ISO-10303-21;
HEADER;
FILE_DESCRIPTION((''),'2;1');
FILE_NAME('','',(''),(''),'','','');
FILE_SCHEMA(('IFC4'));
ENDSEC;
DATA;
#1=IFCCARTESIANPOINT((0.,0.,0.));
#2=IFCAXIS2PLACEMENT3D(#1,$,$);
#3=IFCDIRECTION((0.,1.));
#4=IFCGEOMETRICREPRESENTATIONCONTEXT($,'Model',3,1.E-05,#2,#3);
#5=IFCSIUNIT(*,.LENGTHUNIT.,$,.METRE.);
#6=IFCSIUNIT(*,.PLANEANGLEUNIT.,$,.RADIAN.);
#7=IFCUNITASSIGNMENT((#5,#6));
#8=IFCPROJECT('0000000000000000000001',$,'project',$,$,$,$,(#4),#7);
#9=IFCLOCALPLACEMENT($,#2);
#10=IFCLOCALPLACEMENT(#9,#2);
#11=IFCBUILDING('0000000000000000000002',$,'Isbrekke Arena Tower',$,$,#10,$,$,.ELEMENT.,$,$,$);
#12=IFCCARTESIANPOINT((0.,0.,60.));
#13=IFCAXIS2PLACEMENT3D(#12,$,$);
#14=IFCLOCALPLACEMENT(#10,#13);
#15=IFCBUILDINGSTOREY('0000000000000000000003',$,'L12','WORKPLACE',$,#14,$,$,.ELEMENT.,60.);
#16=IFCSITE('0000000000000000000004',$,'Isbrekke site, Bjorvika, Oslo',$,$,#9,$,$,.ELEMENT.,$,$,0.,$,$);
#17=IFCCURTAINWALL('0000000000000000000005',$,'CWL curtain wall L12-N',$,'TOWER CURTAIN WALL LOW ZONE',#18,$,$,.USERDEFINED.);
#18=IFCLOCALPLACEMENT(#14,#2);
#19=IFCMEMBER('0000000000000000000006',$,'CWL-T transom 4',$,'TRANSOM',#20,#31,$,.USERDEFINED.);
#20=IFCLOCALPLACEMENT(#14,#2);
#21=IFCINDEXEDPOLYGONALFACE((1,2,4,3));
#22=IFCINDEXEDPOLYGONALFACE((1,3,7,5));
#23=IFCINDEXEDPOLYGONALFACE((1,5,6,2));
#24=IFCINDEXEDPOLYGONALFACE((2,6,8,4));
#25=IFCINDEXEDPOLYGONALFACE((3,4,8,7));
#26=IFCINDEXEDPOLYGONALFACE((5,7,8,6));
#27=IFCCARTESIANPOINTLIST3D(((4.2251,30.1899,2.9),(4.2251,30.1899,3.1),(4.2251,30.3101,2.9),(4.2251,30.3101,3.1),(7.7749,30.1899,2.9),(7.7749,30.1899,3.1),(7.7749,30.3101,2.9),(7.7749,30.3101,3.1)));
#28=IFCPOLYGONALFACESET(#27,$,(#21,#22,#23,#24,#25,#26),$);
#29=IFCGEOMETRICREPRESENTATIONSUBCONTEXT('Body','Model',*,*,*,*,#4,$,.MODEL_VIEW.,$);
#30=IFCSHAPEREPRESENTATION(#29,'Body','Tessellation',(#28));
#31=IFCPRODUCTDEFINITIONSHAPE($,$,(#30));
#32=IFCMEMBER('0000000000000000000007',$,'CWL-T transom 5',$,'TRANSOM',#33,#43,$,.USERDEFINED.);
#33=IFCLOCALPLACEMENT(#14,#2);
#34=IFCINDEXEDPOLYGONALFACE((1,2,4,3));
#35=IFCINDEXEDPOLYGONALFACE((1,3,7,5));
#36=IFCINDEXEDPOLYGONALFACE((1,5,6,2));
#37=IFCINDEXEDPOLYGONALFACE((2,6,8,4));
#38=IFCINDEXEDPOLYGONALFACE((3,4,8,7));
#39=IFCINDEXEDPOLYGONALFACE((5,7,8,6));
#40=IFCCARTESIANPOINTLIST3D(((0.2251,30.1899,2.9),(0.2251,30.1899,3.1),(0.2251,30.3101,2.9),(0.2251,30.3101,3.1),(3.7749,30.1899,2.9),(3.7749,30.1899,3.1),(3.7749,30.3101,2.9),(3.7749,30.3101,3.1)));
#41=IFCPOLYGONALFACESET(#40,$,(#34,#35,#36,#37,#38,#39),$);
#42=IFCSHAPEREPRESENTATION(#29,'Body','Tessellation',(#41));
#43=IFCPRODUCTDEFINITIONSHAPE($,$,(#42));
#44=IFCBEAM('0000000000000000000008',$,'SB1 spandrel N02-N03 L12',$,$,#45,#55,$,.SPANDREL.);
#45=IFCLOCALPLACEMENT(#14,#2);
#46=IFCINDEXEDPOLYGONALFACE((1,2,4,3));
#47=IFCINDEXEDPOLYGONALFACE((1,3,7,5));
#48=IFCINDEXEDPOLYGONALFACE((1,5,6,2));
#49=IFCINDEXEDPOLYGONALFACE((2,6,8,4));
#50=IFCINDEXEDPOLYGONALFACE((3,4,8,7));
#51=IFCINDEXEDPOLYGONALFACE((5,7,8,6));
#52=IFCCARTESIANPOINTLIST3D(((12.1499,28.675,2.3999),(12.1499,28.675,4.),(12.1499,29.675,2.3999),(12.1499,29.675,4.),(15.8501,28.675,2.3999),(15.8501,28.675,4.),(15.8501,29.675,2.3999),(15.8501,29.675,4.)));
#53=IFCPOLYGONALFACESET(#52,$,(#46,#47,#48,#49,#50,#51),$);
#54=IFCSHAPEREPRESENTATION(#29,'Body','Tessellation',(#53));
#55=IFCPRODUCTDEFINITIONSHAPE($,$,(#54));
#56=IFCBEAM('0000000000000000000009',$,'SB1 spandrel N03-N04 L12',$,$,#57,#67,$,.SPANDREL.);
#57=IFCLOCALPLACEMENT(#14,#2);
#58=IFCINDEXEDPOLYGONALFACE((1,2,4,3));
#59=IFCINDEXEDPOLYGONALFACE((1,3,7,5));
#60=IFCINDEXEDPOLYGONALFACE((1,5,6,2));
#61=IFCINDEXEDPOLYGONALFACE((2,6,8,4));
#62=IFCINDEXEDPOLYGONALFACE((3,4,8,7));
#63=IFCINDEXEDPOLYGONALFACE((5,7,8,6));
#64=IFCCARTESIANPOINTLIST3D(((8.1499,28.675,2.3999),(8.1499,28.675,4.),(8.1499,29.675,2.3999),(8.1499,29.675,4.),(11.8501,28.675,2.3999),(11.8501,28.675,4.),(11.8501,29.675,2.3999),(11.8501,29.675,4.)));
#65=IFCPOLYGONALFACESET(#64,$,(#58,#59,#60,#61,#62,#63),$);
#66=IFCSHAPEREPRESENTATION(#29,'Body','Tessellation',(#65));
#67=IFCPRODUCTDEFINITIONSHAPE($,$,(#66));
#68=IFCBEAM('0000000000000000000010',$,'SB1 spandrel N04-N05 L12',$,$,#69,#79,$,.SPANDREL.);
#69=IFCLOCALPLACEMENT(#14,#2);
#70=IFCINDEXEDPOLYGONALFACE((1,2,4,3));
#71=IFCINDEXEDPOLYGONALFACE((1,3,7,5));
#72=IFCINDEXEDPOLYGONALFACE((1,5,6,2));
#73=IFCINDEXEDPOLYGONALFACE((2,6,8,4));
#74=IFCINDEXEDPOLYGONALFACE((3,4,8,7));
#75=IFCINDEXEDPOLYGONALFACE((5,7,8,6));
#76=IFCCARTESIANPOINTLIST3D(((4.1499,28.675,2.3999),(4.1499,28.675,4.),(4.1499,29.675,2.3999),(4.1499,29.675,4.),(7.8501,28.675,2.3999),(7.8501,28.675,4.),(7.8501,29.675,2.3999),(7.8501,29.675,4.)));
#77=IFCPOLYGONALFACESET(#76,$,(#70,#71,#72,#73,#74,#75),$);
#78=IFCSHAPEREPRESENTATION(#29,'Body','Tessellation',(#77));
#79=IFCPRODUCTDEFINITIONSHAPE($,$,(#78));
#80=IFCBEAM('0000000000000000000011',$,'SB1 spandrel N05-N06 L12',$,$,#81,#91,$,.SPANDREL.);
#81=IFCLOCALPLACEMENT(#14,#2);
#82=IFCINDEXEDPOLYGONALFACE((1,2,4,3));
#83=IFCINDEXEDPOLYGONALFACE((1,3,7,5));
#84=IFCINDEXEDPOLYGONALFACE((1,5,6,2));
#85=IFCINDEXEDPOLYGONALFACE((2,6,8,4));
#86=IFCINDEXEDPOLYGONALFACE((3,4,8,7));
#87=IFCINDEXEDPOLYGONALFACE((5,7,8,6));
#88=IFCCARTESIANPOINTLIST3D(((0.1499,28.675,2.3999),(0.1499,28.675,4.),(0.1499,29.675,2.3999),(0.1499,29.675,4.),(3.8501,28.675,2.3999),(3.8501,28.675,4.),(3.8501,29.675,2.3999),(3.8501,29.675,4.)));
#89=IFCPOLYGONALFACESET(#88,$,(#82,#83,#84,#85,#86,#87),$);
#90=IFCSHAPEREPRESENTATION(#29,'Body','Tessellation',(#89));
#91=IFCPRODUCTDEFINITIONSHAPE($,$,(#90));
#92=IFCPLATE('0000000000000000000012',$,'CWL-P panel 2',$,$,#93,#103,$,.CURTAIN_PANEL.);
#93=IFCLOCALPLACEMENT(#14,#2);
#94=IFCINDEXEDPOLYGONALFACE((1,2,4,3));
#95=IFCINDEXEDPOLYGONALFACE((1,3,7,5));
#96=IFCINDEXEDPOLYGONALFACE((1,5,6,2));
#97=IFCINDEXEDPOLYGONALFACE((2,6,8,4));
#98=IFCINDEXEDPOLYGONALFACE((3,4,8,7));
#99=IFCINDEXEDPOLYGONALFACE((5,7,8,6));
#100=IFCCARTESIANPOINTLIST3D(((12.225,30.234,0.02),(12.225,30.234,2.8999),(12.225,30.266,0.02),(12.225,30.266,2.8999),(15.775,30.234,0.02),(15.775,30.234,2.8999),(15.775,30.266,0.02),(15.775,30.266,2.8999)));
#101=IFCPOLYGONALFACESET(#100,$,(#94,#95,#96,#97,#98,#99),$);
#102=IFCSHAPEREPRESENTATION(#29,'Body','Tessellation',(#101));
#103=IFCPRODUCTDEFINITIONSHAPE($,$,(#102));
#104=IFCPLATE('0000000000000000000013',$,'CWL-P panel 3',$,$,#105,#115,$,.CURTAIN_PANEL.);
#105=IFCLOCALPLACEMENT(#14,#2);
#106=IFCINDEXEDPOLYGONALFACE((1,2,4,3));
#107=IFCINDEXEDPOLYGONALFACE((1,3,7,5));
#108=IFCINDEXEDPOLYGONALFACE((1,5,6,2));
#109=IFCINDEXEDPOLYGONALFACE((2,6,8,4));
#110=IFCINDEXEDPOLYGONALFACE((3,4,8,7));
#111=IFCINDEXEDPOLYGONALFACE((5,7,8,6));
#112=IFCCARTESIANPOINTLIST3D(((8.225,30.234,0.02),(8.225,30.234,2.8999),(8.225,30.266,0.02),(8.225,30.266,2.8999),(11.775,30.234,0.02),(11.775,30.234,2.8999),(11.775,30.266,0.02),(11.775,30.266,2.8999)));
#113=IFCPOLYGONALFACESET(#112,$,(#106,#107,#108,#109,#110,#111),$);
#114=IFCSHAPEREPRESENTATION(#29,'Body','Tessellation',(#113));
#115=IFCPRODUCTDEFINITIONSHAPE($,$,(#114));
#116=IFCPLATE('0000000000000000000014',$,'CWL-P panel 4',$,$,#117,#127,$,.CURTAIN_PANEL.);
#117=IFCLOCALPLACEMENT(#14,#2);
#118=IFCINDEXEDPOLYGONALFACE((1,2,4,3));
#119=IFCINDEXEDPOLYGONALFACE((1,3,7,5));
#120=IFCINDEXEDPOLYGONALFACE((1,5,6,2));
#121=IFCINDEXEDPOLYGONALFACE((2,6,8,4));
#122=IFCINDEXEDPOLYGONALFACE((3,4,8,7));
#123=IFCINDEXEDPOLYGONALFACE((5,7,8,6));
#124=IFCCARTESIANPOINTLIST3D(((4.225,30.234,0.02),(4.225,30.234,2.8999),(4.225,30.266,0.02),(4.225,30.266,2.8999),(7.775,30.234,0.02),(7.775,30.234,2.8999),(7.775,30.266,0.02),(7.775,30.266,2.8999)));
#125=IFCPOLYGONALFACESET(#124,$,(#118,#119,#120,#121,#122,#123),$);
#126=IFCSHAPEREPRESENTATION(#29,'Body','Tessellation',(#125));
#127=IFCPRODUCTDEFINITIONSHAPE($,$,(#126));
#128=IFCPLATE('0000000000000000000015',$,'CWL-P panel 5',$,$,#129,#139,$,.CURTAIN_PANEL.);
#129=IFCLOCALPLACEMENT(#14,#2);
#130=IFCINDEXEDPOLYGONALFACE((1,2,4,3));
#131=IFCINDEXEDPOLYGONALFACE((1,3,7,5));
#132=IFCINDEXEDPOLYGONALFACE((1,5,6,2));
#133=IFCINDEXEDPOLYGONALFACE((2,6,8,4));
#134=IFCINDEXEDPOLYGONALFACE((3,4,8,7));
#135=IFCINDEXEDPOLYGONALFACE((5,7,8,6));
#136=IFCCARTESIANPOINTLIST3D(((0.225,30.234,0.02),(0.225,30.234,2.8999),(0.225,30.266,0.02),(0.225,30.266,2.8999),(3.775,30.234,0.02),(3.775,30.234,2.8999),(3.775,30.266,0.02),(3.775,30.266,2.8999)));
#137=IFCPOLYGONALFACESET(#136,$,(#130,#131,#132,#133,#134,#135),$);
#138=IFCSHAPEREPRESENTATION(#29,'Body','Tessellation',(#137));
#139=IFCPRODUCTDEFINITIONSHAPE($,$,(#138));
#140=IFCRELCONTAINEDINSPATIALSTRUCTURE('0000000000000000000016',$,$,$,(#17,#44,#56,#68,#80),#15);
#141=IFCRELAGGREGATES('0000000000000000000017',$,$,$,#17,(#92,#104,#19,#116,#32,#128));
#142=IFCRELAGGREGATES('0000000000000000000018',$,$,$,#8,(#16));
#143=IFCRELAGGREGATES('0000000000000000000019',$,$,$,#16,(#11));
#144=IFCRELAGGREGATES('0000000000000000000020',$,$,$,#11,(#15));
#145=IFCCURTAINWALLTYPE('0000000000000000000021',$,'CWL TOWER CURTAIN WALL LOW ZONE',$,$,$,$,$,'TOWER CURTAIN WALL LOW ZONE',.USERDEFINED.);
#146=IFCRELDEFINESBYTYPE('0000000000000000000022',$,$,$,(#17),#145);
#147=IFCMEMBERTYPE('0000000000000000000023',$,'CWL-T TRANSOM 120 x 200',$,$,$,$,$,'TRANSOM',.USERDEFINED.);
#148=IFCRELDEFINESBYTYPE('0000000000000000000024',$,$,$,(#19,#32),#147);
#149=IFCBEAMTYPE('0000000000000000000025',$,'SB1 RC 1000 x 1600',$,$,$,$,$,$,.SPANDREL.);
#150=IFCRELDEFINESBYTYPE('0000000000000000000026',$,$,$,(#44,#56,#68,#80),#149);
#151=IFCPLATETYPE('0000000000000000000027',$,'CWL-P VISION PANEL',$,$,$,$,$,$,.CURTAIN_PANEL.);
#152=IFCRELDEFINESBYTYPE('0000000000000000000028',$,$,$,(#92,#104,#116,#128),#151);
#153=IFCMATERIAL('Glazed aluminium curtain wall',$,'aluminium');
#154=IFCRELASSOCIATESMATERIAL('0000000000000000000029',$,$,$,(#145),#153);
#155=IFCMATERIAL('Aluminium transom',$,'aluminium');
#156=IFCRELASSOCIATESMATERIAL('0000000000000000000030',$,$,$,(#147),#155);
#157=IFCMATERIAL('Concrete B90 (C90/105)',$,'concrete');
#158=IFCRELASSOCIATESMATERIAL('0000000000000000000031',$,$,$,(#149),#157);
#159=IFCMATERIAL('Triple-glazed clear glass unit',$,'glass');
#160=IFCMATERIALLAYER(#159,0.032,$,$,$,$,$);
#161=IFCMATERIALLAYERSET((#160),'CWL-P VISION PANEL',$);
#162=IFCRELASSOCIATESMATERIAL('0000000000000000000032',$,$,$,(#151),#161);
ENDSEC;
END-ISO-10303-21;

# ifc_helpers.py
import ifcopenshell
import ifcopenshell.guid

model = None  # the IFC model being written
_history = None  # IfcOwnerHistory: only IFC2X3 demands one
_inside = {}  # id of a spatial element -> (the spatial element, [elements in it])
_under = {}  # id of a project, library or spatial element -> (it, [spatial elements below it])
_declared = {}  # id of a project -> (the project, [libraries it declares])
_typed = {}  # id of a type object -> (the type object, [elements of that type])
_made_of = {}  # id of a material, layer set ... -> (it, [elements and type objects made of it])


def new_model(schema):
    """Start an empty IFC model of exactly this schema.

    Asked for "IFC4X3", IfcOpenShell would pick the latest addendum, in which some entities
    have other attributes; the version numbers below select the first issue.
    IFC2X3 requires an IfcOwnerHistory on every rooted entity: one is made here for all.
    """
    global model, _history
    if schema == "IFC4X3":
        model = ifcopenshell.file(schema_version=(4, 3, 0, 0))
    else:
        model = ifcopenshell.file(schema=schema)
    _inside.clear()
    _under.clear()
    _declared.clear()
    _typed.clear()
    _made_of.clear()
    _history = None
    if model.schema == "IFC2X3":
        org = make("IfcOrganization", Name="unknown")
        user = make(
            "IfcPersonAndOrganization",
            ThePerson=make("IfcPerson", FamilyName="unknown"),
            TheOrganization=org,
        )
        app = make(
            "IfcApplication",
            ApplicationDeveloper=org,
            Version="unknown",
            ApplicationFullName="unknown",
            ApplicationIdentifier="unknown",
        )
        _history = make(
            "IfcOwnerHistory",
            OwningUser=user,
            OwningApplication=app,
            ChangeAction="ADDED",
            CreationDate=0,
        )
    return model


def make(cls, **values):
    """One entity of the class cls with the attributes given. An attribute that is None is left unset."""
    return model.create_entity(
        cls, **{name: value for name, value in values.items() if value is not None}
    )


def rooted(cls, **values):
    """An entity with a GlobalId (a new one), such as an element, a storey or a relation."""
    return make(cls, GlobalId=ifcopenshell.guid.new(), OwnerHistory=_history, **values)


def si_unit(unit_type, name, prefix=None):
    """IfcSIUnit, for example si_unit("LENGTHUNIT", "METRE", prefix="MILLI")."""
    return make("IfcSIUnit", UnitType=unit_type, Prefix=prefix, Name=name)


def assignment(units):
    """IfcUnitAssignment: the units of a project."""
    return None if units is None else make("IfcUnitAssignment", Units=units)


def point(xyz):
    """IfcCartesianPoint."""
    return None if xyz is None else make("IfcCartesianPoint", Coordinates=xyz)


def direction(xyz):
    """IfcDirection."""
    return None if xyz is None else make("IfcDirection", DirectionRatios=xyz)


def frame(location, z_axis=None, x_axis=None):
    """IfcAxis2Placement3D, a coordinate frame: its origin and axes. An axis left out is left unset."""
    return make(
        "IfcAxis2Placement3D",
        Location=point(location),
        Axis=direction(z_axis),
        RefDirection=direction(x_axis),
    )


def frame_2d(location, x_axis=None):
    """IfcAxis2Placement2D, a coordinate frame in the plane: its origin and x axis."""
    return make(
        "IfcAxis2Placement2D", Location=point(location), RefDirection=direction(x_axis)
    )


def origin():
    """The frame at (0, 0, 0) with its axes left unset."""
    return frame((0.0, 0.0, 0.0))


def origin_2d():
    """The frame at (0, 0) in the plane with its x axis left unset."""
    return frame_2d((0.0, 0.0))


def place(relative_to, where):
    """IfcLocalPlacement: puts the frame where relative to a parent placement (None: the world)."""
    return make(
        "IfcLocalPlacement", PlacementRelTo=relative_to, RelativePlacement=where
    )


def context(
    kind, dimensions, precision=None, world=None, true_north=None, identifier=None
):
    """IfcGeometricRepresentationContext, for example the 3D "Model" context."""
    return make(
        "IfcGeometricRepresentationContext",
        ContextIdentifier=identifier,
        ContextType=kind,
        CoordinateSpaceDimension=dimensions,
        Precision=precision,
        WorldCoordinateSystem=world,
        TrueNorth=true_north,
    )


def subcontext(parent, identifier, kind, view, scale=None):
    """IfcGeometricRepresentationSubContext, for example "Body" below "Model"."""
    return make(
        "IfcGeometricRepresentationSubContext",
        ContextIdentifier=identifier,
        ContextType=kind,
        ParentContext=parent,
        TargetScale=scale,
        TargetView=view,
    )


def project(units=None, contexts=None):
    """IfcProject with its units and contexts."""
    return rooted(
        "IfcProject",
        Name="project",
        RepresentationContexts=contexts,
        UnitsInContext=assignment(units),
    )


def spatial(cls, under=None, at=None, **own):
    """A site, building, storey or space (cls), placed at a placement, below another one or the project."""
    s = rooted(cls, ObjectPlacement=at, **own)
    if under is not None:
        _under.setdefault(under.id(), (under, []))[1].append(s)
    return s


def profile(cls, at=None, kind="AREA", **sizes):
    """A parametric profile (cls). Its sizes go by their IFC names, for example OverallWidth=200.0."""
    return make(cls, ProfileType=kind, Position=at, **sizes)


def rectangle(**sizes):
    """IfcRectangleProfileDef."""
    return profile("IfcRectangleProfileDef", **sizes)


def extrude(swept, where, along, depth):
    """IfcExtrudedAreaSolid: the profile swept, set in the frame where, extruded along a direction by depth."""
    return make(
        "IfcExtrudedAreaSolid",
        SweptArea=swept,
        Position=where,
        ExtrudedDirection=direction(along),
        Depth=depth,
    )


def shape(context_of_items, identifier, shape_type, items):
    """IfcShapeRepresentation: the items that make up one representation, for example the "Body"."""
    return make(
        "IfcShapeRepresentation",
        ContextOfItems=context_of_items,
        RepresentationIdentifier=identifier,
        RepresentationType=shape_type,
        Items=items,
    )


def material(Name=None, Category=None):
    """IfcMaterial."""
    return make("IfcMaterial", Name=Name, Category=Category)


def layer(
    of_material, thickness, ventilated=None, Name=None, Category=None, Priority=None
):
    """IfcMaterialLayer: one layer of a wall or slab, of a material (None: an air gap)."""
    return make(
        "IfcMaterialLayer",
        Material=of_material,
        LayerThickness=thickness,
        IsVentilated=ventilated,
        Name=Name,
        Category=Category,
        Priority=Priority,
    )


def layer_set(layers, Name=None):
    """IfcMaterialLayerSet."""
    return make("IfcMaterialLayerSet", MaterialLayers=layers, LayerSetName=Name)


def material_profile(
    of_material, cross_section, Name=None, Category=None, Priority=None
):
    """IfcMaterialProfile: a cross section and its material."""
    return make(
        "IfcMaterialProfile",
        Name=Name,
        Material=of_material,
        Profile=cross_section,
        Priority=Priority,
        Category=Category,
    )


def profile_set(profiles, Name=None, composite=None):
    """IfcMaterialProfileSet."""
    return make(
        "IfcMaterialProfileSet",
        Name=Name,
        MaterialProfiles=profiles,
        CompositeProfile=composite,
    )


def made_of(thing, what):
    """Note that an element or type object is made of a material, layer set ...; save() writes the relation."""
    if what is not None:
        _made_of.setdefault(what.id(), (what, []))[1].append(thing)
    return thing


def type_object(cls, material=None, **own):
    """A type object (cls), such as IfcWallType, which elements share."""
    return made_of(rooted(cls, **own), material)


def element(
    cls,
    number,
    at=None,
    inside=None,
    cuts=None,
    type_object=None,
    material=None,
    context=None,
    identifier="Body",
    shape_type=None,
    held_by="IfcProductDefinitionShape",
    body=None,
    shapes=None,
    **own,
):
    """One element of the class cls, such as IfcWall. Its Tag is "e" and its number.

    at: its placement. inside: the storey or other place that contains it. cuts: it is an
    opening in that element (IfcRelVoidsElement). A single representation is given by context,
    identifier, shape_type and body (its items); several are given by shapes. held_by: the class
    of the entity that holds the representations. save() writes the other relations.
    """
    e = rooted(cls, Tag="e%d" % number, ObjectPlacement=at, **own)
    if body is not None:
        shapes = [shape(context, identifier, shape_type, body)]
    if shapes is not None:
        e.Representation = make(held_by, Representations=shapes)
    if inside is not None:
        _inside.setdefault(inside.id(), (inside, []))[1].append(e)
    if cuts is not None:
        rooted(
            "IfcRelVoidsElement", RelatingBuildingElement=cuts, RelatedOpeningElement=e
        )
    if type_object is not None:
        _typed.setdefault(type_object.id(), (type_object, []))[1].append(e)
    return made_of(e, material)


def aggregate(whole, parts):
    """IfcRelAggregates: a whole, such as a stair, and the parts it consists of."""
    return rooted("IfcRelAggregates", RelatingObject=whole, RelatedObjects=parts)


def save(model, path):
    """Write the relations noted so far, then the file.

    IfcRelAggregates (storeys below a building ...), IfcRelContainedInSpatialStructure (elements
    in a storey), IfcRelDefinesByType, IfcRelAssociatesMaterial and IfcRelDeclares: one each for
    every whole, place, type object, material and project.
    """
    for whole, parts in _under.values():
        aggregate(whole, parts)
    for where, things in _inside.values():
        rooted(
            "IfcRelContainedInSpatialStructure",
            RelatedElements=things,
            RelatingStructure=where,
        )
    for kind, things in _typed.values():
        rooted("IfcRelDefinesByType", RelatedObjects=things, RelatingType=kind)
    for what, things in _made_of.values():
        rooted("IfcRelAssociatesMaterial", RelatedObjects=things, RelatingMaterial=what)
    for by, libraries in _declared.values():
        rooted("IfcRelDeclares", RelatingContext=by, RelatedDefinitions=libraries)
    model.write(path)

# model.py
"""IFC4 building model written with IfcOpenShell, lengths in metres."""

from ifc_helpers import new_model, si_unit, direction, frame, origin, origin_2d, place, context, subcontext, project, spatial, rectangle, extrude, material, layer, layer_set, material_profile, profile_set, type_object, element, aggregate, save


model = new_model("IFC4")

# Units and contexts
model_context = context("Model", 3, precision=1e-05, world=origin(), true_north=direction((0.0, 1.0)))
body_context = subcontext(model_context, "Body", "Model", "MODEL_VIEW")
ifc_project = project(units=[si_unit("LENGTHUNIT", "METRE"), si_unit("PLANEANGLEUNIT", "RADIAN")], contexts=[model_context])

# Site, building, storey
site_placement = place(None, origin())
site = spatial("IfcSite", under=ifc_project, at=site_placement, Name="Isbrekke site, Bjorvika, Oslo", CompositionType="ELEMENT", RefElevation=0.0)
building_placement = place(site_placement, origin())
building = spatial("IfcBuilding", under=site, at=building_placement, Name="Isbrekke Arena Tower", CompositionType="ELEMENT")
storey_placement = place(building_placement, frame((0.0, 0.0, 60.0)))
storey = spatial("IfcBuildingStorey", under=building, at=storey_placement, Name="L12", Description="WORKPLACE", CompositionType="ELEMENT", Elevation=60.0)

# Curtain wall, members
ifc_material_1 = material(Name="Glazed aluminium curtain wall", Category="aluminium")
curtain_wall_type = type_object("IfcCurtainWallType", Name="CWL TOWER CURTAIN WALL LOW ZONE", ElementType="TOWER CURTAIN WALL LOW ZONE", PredefinedType="USERDEFINED", material=ifc_material_1)
curtain_wall_placement = place(storey_placement, origin())
curtain_wall = element("IfcCurtainWall", 1, at=curtain_wall_placement, inside=storey, type_object=curtain_wall_type, Name="CWL curtain wall L12-N", ObjectType="TOWER CURTAIN WALL LOW ZONE", PredefinedType="USERDEFINED")
ifc_material_2 = material(Name="Aluminium transom", Category="aluminium")
ifc_material_profile_1 = material_profile(ifc_material_2, rectangle(XDim=0.1201, YDim=0.2, at=origin_2d()), Name="TRANSOM 120X200")
ifc_profile_set_1 = profile_set([ifc_material_profile_1], Name="Aluminium transom")
member_type_1 = type_object("IfcMemberType", Name="CWL-T TRANSOM 120 x 200", ElementType="TRANSOM", PredefinedType="USERDEFINED", material=ifc_profile_set_1)
member_1_placement = place(storey_placement, frame((7.7749, 30.25, 3.0), z_axis=(-1.0, 0.0, 0.0), x_axis=(0.0, -1.0, 0.0)))
member_1 = element("IfcMember", 2, at=member_1_placement, type_object=member_type_1, Name="CWL-T transom 4", ObjectType="TRANSOM", PredefinedType="USERDEFINED", context=body_context, shape_type="SweptSolid", body=[
    extrude(rectangle(XDim=0.1201, YDim=0.2, at=origin_2d()), origin(), (0.0, 0.0, 1.0), 3.5498),
])
member_2_placement = place(storey_placement, frame((3.7749, 30.25, 3.0), z_axis=(-1.0, 0.0, 0.0), x_axis=(0.0, -1.0, 0.0)))
member_2 = element("IfcMember", 3, at=member_2_placement, type_object=member_type_1, Name="CWL-T transom 5", ObjectType="TRANSOM", PredefinedType="USERDEFINED", context=body_context, shape_type="SweptSolid", body=[
    extrude(rectangle(XDim=0.1201, YDim=0.2, at=origin_2d()), origin(), (0.0, 0.0, 1.0), 3.5498),
])

# Beams
ifc_material_3 = material(Name="Concrete B90 (C90/105)", Category="concrete")
ifc_material_profile_2 = material_profile(ifc_material_3, rectangle(XDim=1.0, YDim=1.6001, at=origin_2d()), Name="RC 1000x1600")
ifc_profile_set_2 = profile_set([ifc_material_profile_2], Name="Concrete B90 (C90/105)")
beam_type_1 = type_object("IfcBeamType", Name="SB1 RC 1000 x 1600", PredefinedType="SPANDREL", material=ifc_profile_set_2)
for number, where, z_axis, x_axis, name in (
    (4, (15.8501, 29.175, 3.2), (-1.0, 0.0, 0.0), (0.0, -1.0, 0.0), "SB1 spandrel N02-N03 L12"),
    (5, (11.8501, 29.175, 3.2), (-1.0, 0.0, 0.0), (0.0, -1.0, 0.0), "SB1 spandrel N03-N04 L12"),
    (6, (7.8501, 29.175, 3.2), (-1.0, 0.0, 0.0), (0.0, -1.0, 0.0), "SB1 spandrel N04-N05 L12"),
    (7, (3.8501, 29.175, 3.2), (-1.0, 0.0, 0.0), (0.0, -1.0, 0.0), "SB1 spandrel N05-N06 L12"),
):
    element("IfcBeam", number, at=place(storey_placement, frame(where, z_axis=z_axis, x_axis=x_axis)), inside=storey, type_object=beam_type_1, Name=name, PredefinedType="SPANDREL", context=body_context, shape_type="SweptSolid", body=[
        extrude(rectangle(XDim=1.0, YDim=1.6001, at=origin_2d()), origin(), (0.0, 0.0, 1.0), 3.7002),
    ])

# Plates
ifc_material_4 = material(Name="Triple-glazed clear glass unit", Category="glass")
ifc_layer_1 = layer(ifc_material_4, 0.032)
ifc_layer_set_1 = layer_set([ifc_layer_1], Name="CWL-P VISION PANEL")
plate_type = type_object("IfcPlateType", Name="CWL-P VISION PANEL", PredefinedType="CURTAIN_PANEL", material=ifc_layer_set_1)
plate_1_placement = place(storey_placement, frame((14.0, 30.25, 0.02), z_axis=(0.0, 0.0, 1.0), x_axis=(-1.0, 0.0, 0.0)))
plate_1 = element("IfcPlate", 8, at=plate_1_placement, type_object=plate_type, Name="CWL-P panel 2", PredefinedType="CURTAIN_PANEL", context=body_context, shape_type="SweptSolid", body=[
    extrude(rectangle(XDim=3.55, YDim=0.032, at=origin_2d()), origin(), (0.0, 0.0, 1.0), 2.8799),
])
plate_2_placement = place(storey_placement, frame((10.0, 30.25, 0.02), z_axis=(0.0, 0.0, 1.0), x_axis=(-1.0, 0.0, 0.0)))
plate_2 = element("IfcPlate", 9, at=plate_2_placement, type_object=plate_type, Name="CWL-P panel 3", PredefinedType="CURTAIN_PANEL", context=body_context, shape_type="SweptSolid", body=[
    extrude(rectangle(XDim=3.55, YDim=0.032, at=origin_2d()), origin(), (0.0, 0.0, 1.0), 2.8799),
])
plate_3_placement = place(storey_placement, frame((6.0, 30.25, 0.02), z_axis=(0.0, 0.0, 1.0), x_axis=(-1.0, 0.0, 0.0)))
plate_3 = element("IfcPlate", 10, at=plate_3_placement, type_object=plate_type, Name="CWL-P panel 4", PredefinedType="CURTAIN_PANEL", context=body_context, shape_type="SweptSolid", body=[
    extrude(rectangle(XDim=3.55, YDim=0.032, at=origin_2d()), origin(), (0.0, 0.0, 1.0), 2.8799),
])
plate_4_placement = place(storey_placement, frame((2.0, 30.25, 0.02), z_axis=(0.0, 0.0, 1.0), x_axis=(-1.0, 0.0, 0.0)))
plate_4 = element("IfcPlate", 11, at=plate_4_placement, type_object=plate_type, Name="CWL-P panel 5", PredefinedType="CURTAIN_PANEL", context=body_context, shape_type="SweptSolid", body=[
    extrude(rectangle(XDim=3.55, YDim=0.032, at=origin_2d()), origin(), (0.0, 0.0, 1.0), 2.8799),
])
aggregate(curtain_wall, [plate_1, plate_2, member_1, plate_3, member_2, plate_4])

save(model, "model.ifc")
